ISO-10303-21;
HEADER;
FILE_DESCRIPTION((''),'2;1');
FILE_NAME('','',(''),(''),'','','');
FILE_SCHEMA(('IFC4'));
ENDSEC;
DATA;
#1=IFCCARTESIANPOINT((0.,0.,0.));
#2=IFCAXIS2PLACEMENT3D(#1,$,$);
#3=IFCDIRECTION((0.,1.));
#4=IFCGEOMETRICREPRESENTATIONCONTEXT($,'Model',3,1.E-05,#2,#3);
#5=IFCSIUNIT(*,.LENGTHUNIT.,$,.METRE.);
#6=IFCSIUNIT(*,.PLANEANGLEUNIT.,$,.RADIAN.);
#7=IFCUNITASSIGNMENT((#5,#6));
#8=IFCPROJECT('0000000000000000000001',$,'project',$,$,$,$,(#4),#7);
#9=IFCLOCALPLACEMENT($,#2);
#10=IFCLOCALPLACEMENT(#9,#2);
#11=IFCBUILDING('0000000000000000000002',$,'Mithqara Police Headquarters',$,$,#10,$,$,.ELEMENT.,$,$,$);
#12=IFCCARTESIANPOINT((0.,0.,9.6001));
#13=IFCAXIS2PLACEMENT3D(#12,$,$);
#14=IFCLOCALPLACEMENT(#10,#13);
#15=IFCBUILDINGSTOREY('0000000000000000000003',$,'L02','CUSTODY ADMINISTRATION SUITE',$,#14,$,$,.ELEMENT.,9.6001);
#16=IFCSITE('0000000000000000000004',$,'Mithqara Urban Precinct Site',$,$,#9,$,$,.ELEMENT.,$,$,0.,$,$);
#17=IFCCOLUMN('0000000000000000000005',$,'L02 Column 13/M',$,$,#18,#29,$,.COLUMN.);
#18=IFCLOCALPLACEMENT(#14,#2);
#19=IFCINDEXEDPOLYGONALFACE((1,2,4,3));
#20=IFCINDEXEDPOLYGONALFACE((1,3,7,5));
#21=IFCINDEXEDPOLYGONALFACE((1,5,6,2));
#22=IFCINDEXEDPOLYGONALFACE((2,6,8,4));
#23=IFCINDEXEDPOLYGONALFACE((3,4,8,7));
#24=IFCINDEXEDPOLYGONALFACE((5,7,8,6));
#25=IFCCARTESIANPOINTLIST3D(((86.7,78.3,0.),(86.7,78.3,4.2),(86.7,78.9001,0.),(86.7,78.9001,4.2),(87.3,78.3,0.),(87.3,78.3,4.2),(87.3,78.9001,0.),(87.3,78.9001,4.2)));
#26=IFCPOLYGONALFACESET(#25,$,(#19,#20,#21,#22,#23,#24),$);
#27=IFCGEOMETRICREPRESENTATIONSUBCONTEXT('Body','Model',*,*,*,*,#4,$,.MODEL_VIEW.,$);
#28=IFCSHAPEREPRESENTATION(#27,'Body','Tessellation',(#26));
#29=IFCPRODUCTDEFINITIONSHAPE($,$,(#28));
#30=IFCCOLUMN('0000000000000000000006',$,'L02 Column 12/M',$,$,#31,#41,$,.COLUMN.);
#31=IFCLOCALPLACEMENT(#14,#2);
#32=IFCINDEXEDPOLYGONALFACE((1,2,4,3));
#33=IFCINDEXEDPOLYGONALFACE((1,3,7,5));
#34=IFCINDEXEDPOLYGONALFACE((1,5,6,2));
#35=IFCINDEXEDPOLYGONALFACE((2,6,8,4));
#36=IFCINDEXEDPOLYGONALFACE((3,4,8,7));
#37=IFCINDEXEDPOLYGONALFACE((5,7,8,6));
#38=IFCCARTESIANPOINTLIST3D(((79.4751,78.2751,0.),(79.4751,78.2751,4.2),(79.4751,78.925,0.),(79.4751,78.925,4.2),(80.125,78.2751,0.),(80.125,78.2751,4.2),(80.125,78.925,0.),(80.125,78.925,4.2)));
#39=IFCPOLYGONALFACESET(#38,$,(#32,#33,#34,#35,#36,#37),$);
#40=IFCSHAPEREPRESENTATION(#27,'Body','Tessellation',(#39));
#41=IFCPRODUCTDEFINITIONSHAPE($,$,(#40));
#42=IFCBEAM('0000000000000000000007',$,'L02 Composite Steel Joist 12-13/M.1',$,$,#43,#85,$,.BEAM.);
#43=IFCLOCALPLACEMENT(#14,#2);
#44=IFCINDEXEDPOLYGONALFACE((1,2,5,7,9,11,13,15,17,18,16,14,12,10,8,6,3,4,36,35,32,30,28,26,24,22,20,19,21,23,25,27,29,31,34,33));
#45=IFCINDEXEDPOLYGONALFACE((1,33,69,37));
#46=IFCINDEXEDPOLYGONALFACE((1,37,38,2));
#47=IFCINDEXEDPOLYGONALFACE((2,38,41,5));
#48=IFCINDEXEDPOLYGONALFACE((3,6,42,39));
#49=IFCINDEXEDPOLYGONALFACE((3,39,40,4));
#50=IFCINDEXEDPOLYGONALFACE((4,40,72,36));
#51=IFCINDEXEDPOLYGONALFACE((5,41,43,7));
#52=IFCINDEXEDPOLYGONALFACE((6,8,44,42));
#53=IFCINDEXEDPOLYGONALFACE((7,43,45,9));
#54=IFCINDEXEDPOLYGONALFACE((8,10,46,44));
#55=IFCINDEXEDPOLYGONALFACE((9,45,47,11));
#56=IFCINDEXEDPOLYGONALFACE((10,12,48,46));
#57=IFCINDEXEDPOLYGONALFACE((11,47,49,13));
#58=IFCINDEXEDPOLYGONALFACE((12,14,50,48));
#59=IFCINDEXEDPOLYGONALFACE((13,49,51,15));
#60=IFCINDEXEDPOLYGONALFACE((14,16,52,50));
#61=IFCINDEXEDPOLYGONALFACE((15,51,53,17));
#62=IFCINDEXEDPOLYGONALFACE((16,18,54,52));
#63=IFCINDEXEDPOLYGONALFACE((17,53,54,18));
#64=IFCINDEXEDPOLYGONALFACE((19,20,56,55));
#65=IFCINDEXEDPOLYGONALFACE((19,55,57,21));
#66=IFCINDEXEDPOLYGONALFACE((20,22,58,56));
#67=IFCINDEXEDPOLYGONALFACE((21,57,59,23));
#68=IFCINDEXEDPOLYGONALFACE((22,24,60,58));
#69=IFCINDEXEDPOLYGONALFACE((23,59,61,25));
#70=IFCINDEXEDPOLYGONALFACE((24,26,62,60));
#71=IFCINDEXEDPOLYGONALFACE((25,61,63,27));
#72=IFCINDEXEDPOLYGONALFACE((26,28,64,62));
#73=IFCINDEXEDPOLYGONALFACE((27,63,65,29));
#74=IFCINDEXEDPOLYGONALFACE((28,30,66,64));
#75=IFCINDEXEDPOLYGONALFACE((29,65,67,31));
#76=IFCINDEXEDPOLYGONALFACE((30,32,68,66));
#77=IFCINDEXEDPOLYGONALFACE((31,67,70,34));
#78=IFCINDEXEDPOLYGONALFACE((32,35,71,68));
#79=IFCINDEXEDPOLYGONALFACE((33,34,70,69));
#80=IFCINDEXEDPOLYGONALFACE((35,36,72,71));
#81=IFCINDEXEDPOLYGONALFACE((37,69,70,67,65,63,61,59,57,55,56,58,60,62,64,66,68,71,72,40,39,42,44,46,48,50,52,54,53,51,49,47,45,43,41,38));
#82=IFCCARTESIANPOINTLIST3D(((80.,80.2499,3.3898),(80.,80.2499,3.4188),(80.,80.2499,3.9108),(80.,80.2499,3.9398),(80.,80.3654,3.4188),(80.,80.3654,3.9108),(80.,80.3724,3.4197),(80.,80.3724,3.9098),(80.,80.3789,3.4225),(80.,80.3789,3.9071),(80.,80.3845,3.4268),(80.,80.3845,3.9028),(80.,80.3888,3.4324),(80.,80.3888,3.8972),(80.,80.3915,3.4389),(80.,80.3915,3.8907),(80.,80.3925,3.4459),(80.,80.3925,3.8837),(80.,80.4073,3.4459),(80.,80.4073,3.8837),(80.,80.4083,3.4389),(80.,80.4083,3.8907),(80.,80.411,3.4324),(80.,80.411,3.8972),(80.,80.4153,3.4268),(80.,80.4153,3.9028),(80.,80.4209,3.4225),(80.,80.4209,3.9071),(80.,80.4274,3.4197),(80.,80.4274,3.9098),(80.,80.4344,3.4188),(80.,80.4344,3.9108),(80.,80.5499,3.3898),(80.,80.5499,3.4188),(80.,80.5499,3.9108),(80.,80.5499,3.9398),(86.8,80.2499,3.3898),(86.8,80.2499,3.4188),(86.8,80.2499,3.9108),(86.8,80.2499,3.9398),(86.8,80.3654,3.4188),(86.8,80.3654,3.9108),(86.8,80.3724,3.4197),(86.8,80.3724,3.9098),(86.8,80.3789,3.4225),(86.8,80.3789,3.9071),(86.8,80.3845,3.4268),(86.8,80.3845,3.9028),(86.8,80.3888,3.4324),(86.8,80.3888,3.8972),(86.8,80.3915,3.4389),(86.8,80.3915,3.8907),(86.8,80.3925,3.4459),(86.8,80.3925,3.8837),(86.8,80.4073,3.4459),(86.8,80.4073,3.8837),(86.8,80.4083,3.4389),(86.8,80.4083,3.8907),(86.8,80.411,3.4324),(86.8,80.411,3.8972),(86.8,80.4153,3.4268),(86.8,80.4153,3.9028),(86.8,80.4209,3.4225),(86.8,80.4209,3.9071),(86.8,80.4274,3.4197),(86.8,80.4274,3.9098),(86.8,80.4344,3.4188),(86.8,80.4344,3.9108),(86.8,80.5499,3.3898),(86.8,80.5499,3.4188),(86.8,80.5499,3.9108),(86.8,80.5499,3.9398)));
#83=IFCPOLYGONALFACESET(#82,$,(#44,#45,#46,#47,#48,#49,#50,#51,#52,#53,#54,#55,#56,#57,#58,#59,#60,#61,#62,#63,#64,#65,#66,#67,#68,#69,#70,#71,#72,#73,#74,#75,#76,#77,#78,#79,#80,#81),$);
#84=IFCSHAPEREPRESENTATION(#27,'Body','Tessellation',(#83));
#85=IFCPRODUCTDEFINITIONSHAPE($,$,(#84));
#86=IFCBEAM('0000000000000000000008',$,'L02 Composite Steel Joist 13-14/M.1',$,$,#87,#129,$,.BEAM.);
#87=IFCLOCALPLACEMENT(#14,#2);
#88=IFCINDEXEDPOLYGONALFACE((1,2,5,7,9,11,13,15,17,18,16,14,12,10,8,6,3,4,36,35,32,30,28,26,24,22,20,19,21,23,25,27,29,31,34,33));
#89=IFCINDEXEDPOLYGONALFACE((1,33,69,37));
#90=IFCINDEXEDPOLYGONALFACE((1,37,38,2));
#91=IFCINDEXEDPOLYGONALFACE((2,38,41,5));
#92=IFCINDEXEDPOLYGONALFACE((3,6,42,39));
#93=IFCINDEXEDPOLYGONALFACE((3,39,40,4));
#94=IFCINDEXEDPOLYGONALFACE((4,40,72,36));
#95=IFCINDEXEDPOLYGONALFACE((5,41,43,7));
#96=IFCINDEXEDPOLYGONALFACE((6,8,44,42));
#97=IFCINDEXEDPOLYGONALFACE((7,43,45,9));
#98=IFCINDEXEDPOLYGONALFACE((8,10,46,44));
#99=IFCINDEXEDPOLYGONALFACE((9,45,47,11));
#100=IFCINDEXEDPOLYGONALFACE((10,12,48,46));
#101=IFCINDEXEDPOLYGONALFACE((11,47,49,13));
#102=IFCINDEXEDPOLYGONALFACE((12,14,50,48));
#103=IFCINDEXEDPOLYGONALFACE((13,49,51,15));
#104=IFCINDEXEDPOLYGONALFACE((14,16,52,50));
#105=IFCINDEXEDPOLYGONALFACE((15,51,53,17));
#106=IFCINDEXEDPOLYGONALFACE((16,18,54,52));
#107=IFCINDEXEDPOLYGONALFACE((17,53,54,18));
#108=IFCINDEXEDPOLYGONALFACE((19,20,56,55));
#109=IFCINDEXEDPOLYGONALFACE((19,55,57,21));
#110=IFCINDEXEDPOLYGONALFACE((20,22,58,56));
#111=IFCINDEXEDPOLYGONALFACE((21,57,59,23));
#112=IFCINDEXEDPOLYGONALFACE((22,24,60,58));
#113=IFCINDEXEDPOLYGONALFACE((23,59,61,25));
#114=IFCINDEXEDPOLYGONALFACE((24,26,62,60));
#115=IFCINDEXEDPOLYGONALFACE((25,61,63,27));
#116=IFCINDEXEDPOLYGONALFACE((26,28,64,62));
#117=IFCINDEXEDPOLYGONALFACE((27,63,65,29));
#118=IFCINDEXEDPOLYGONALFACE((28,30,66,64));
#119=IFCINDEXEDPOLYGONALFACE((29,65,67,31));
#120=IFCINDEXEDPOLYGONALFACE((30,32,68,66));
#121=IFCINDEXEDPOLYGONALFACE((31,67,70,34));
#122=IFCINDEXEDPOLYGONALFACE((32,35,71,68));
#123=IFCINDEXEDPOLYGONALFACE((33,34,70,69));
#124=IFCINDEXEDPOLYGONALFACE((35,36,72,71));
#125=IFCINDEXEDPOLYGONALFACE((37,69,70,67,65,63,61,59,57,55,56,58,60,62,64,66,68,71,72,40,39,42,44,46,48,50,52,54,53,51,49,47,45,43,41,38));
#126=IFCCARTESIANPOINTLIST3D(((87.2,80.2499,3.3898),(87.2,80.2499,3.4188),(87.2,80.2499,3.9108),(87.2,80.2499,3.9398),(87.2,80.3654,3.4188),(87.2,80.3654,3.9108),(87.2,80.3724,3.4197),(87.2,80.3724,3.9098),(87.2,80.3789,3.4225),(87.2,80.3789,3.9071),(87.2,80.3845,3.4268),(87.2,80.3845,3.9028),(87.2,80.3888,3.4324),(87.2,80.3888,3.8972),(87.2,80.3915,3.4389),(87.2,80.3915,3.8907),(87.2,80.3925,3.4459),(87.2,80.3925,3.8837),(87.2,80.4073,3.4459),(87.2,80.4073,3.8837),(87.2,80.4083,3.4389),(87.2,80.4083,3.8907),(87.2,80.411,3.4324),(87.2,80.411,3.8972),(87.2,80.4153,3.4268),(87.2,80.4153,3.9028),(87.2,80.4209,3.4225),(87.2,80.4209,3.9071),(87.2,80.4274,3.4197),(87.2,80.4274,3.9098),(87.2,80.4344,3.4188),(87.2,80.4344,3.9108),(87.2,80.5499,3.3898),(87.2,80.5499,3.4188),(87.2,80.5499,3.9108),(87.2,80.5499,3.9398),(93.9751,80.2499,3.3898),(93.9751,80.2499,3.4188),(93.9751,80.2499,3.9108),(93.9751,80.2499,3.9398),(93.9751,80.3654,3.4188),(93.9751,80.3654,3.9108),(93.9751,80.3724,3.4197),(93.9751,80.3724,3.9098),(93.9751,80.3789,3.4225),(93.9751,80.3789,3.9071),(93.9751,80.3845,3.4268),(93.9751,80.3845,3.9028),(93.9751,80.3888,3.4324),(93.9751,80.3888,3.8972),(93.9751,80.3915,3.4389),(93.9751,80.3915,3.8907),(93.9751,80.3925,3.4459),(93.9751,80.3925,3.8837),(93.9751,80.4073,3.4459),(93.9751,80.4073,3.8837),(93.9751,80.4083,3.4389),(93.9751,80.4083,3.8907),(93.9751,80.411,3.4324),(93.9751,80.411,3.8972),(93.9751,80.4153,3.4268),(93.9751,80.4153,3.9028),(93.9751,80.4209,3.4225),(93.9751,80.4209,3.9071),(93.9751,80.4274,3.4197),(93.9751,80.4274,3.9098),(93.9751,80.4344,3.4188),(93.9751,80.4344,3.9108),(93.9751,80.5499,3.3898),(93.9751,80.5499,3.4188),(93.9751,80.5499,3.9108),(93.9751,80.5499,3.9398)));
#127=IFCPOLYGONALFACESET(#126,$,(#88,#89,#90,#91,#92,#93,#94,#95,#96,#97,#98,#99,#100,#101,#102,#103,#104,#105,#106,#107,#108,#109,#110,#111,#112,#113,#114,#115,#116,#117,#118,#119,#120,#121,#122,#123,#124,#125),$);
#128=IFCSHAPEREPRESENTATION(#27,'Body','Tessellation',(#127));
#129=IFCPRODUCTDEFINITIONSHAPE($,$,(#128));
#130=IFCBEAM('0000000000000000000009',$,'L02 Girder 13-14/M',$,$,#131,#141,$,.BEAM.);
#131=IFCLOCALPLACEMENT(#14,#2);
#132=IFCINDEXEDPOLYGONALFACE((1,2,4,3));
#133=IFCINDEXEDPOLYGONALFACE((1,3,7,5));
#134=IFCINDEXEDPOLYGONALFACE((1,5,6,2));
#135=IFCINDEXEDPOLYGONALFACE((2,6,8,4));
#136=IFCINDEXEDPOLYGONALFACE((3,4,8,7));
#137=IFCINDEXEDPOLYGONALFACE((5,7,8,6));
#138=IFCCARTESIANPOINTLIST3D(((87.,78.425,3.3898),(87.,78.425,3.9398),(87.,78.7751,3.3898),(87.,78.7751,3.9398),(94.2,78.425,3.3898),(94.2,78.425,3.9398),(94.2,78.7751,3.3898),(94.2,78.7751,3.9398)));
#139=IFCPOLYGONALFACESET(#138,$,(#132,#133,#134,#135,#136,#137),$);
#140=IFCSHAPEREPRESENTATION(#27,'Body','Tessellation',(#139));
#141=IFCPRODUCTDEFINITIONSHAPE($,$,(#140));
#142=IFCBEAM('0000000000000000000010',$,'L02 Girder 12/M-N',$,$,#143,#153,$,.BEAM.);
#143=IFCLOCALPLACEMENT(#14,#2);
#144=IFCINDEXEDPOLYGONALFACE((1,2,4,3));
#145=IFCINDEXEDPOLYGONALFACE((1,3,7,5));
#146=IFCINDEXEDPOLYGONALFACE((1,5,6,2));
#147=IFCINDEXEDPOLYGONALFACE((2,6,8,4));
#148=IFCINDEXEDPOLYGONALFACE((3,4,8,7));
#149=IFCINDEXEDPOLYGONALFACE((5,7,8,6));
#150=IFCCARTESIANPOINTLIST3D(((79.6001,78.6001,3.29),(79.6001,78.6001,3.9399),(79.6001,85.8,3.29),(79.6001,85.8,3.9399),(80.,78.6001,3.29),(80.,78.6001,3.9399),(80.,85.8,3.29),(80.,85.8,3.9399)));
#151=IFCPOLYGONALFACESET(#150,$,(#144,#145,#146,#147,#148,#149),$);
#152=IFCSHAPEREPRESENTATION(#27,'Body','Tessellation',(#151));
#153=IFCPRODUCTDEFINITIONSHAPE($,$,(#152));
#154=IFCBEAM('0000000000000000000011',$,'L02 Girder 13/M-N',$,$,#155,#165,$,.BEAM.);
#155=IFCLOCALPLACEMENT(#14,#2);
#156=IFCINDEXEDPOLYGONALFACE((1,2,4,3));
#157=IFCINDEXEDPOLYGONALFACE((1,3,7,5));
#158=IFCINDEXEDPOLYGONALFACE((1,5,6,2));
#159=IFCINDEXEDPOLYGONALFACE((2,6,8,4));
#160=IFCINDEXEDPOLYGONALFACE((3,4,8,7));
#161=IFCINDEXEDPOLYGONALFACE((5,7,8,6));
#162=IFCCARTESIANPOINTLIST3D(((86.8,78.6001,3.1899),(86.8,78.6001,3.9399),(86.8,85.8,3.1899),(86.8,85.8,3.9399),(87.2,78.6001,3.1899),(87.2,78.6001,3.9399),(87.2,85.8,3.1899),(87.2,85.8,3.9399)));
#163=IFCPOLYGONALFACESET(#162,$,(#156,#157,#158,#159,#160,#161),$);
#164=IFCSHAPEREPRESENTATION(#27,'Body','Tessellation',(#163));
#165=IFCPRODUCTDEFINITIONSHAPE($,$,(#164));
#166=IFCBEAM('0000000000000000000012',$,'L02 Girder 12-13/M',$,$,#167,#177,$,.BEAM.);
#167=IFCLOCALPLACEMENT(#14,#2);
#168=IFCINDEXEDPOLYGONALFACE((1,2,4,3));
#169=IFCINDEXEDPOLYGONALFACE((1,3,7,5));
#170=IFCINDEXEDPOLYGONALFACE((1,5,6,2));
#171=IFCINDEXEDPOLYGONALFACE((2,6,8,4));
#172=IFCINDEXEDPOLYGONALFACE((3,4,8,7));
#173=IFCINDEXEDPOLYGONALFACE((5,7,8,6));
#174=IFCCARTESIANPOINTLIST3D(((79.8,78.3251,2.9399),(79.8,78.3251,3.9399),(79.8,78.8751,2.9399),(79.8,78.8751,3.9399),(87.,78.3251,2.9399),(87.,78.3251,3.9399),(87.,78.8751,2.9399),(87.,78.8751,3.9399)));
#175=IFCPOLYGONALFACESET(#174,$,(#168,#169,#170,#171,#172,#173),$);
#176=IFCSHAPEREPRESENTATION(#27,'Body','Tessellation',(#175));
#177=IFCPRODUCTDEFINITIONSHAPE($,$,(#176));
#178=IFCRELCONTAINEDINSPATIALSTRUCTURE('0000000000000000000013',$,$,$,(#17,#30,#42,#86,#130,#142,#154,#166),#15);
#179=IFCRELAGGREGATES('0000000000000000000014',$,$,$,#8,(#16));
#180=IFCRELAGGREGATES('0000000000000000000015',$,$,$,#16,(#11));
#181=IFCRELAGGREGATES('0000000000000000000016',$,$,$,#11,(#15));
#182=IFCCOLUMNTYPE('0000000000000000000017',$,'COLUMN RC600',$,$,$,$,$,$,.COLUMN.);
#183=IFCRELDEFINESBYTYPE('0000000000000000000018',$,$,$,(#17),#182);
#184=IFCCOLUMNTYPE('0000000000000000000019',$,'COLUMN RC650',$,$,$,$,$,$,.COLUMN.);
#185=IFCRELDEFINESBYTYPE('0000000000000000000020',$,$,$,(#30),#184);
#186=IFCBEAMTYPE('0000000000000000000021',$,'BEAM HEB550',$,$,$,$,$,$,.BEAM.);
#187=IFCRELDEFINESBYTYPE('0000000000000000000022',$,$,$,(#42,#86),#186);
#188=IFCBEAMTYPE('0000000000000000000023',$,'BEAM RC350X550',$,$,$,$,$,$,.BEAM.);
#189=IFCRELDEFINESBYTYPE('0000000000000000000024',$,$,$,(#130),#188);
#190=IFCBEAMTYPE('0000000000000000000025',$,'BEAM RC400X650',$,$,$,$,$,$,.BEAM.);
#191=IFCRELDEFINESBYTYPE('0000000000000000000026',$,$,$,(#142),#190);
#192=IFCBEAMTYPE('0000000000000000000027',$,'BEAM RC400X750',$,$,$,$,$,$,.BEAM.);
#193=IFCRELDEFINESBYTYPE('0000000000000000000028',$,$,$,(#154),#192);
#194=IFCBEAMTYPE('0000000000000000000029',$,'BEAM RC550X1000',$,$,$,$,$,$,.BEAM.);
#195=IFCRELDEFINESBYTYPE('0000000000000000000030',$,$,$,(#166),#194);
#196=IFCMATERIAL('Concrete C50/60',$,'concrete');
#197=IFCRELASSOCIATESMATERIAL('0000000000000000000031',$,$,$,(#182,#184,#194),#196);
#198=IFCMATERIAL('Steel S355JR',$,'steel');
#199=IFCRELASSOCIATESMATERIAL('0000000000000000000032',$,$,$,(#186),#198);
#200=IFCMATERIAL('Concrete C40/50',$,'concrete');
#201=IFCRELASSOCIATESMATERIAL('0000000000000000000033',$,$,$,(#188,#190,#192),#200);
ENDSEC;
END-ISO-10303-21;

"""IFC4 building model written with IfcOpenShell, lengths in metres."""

from ifc_helpers import new_model, si_unit, direction, frame, origin, origin_2d, place, context, subcontext, project, spatial, rectangle, i_section, extrude, material, material_profile, profile_set, type_object, element, save


model = new_model("IFC4")

# Units and contexts
model_context = context("Model", 3, precision=1e-05, world=origin(), true_north=direction((0.0, 1.0)))
body_context = subcontext(model_context, "Body", "Model", "MODEL_VIEW")
ifc_project = project(units=[si_unit("LENGTHUNIT", "METRE"), si_unit("PLANEANGLEUNIT", "RADIAN")], contexts=[model_context])

# Site, building, storey
site_placement = place(None, origin())
site = spatial("IfcSite", under=ifc_project, at=site_placement, Name="Mithqara Urban Precinct Site", CompositionType="ELEMENT", RefElevation=0.0)
building_placement = place(site_placement, origin())
building = spatial("IfcBuilding", under=site, at=building_placement, Name="Mithqara Police Headquarters", CompositionType="ELEMENT")
storey_placement = place(building_placement, frame((0.0, 0.0, 9.6001)))
storey = spatial("IfcBuildingStorey", under=building, at=storey_placement, Name="L02", Description="CUSTODY ADMINISTRATION SUITE", CompositionType="ELEMENT", Elevation=9.6001)

# Columns
ifc_material_1 = material(Name="Concrete C50/60", Category="concrete")
ifc_material_profile_1 = material_profile(ifc_material_1, rectangle(XDim=0.6001, YDim=0.6001, at=origin_2d()), Name="RC 600x600")
ifc_profile_set_1 = profile_set([ifc_material_profile_1], Name="Concrete C50/60")
column_type_1 = type_object("IfcColumnType", Name="COLUMN RC600", PredefinedType="COLUMN", material=ifc_profile_set_1)
column_1_placement = place(storey_placement, frame((87.0, 78.6001, 0.0), z_axis=(0.0, 0.0, 1.0), x_axis=(1.0, 0.0, 0.0)))
element("IfcColumn", 1, at=column_1_placement, inside=storey, type_object=column_type_1, Name="L02 Column 13/M", PredefinedType="COLUMN", context=body_context, shape_type="SweptSolid", body=[
    extrude(rectangle(XDim=0.6001, YDim=0.6001, at=origin_2d()), origin(), (0.0, 0.0, 1.0), 4.2),
])
ifc_material_profile_2 = material_profile(ifc_material_1, rectangle(XDim=0.6499, YDim=0.6499, at=origin_2d()), Name="RC 650x650")
ifc_profile_set_2 = profile_set([ifc_material_profile_2], Name="Concrete C50/60")
column_type_2 = type_object("IfcColumnType", Name="COLUMN RC650", PredefinedType="COLUMN", material=ifc_profile_set_2)
column_2_placement = place(storey_placement, frame((79.8, 78.6001, 0.0), z_axis=(0.0, 0.0, 1.0), x_axis=(1.0, 0.0, 0.0)))
element("IfcColumn", 2, at=column_2_placement, inside=storey, type_object=column_type_2, Name="L02 Column 12/M", PredefinedType="COLUMN", context=body_context, shape_type="SweptSolid", body=[
    extrude(rectangle(XDim=0.6499, YDim=0.6499, at=origin_2d()), origin(), (0.0, 0.0, 1.0), 4.2),
])

# Beams
ifc_material_2 = material(Name="Steel S355JR", Category="steel")
ifc_material_profile_3 = material_profile(ifc_material_2, i_section(OverallWidth=0.3, OverallDepth=0.55, WebThickness=0.0149, FlangeThickness=0.0291, FilletRadius=0.0271, at=origin_2d()), Name="HEB 550")
ifc_profile_set_3 = profile_set([ifc_material_profile_3], Name="Steel S355JR")
beam_type_1 = type_object("IfcBeamType", Name="BEAM HEB550", PredefinedType="BEAM", material=ifc_profile_set_3)
beam_1_placement = place(storey_placement, frame((80.0, 80.3999, 3.6648), z_axis=(1.0, 0.0, 0.0), x_axis=(0.0, 1.0, 0.0)))
element("IfcBeam", 3, at=beam_1_placement, inside=storey, type_object=beam_type_1, Name="L02 Composite Steel Joist 12-13/M.1", PredefinedType="BEAM", context=body_context, shape_type="SweptSolid", body=[
    extrude(i_section(OverallWidth=0.3, OverallDepth=0.55, WebThickness=0.0149, FlangeThickness=0.0291, FilletRadius=0.0271, at=origin_2d()), origin(), (0.0, 0.0, 1.0), 6.8),
])
beam_2_placement = place(storey_placement, frame((87.2, 80.3999, 3.6648), z_axis=(1.0, 0.0, 0.0), x_axis=(0.0, 1.0, 0.0)))
element("IfcBeam", 4, at=beam_2_placement, inside=storey, type_object=beam_type_1, Name="L02 Composite Steel Joist 13-14/M.1", PredefinedType="BEAM", context=body_context, shape_type="SweptSolid", body=[
    extrude(i_section(OverallWidth=0.3, OverallDepth=0.55, WebThickness=0.0149, FlangeThickness=0.0291, FilletRadius=0.0271, at=origin_2d()), origin(), (0.0, 0.0, 1.0), 6.7751),
])
ifc_material_3 = material(Name="Concrete C40/50", Category="concrete")
ifc_material_profile_4 = material_profile(ifc_material_3, rectangle(XDim=0.3501, YDim=0.55, at=origin_2d()), Name="RC 350x550")
ifc_profile_set_4 = profile_set([ifc_material_profile_4], Name="Concrete C40/50")
beam_type_2 = type_object("IfcBeamType", Name="BEAM RC350X550", PredefinedType="BEAM", material=ifc_profile_set_4)
beam_3_placement = place(storey_placement, frame((87.0, 78.6001, 3.6648), z_axis=(1.0, 0.0, 0.0), x_axis=(0.0, 1.0, 0.0)))
element("IfcBeam", 5, at=beam_3_placement, inside=storey, type_object=beam_type_2, Name="L02 Girder 13-14/M", PredefinedType="BEAM", context=body_context, shape_type="SweptSolid", body=[
    extrude(rectangle(XDim=0.3501, YDim=0.55, at=origin_2d()), origin(), (0.0, 0.0, 1.0), 7.2),
])
ifc_material_profile_5 = material_profile(ifc_material_3, rectangle(XDim=0.3999, YDim=0.6499, at=origin_2d()), Name="RC 400x650")
ifc_profile_set_5 = profile_set([ifc_material_profile_5], Name="Concrete C40/50")
beam_type_3 = type_object("IfcBeamType", Name="BEAM RC400X650", PredefinedType="BEAM", material=ifc_profile_set_5)
beam_4_placement = place(storey_placement, frame((79.8, 78.6001, 3.615), z_axis=(0.0, 1.0, 0.0), x_axis=(-1.0, 0.0, 0.0)))
element("IfcBeam", 6, at=beam_4_placement, inside=storey, type_object=beam_type_3, Name="L02 Girder 12/M-N", PredefinedType="BEAM", context=body_context, shape_type="SweptSolid", body=[
    extrude(rectangle(XDim=0.3999, YDim=0.6499, at=origin_2d()), origin(), (0.0, 0.0, 1.0), 7.2),
])
ifc_material_profile_6 = material_profile(ifc_material_3, rectangle(XDim=0.3999, YDim=0.75, at=origin_2d()), Name="RC 400x750")
ifc_profile_set_6 = profile_set([ifc_material_profile_6], Name="Concrete C40/50")
beam_type_4 = type_object("IfcBeamType", Name="BEAM RC400X750", PredefinedType="BEAM", material=ifc_profile_set_6)
beam_5_placement = place(storey_placement, frame((87.0, 78.6001, 3.5649), z_axis=(0.0, 1.0, 0.0), x_axis=(-1.0, 0.0, 0.0)))
element("IfcBeam", 7, at=beam_5_placement, inside=storey, type_object=beam_type_4, Name="L02 Girder 13/M-N", PredefinedType="BEAM", context=body_context, shape_type="SweptSolid", body=[
    extrude(rectangle(XDim=0.3999, YDim=0.75, at=origin_2d()), origin(), (0.0, 0.0, 1.0), 7.2),
])
ifc_material_profile_7 = material_profile(ifc_material_1, rectangle(XDim=0.55, YDim=1.0, at=origin_2d()), Name="RC 550x1000")
ifc_profile_set_7 = profile_set([ifc_material_profile_7], Name="Concrete C50/60")
beam_type_5 = type_object("IfcBeamType", Name="BEAM RC550X1000", PredefinedType="BEAM", material=ifc_profile_set_7)
beam_6_placement = place(storey_placement, frame((79.8, 78.6001, 3.4399), z_axis=(1.0, 0.0, 0.0), x_axis=(0.0, 1.0, 0.0)))
element("IfcBeam", 8, at=beam_6_placement, inside=storey, type_object=beam_type_5, Name="L02 Girder 12-13/M", PredefinedType="BEAM", context=body_context, shape_type="SweptSolid", body=[
    extrude(rectangle(XDim=0.55, YDim=1.0, at=origin_2d()), origin(), (0.0, 0.0, 1.0), 7.2),
])

save(model, "model.ifc")
